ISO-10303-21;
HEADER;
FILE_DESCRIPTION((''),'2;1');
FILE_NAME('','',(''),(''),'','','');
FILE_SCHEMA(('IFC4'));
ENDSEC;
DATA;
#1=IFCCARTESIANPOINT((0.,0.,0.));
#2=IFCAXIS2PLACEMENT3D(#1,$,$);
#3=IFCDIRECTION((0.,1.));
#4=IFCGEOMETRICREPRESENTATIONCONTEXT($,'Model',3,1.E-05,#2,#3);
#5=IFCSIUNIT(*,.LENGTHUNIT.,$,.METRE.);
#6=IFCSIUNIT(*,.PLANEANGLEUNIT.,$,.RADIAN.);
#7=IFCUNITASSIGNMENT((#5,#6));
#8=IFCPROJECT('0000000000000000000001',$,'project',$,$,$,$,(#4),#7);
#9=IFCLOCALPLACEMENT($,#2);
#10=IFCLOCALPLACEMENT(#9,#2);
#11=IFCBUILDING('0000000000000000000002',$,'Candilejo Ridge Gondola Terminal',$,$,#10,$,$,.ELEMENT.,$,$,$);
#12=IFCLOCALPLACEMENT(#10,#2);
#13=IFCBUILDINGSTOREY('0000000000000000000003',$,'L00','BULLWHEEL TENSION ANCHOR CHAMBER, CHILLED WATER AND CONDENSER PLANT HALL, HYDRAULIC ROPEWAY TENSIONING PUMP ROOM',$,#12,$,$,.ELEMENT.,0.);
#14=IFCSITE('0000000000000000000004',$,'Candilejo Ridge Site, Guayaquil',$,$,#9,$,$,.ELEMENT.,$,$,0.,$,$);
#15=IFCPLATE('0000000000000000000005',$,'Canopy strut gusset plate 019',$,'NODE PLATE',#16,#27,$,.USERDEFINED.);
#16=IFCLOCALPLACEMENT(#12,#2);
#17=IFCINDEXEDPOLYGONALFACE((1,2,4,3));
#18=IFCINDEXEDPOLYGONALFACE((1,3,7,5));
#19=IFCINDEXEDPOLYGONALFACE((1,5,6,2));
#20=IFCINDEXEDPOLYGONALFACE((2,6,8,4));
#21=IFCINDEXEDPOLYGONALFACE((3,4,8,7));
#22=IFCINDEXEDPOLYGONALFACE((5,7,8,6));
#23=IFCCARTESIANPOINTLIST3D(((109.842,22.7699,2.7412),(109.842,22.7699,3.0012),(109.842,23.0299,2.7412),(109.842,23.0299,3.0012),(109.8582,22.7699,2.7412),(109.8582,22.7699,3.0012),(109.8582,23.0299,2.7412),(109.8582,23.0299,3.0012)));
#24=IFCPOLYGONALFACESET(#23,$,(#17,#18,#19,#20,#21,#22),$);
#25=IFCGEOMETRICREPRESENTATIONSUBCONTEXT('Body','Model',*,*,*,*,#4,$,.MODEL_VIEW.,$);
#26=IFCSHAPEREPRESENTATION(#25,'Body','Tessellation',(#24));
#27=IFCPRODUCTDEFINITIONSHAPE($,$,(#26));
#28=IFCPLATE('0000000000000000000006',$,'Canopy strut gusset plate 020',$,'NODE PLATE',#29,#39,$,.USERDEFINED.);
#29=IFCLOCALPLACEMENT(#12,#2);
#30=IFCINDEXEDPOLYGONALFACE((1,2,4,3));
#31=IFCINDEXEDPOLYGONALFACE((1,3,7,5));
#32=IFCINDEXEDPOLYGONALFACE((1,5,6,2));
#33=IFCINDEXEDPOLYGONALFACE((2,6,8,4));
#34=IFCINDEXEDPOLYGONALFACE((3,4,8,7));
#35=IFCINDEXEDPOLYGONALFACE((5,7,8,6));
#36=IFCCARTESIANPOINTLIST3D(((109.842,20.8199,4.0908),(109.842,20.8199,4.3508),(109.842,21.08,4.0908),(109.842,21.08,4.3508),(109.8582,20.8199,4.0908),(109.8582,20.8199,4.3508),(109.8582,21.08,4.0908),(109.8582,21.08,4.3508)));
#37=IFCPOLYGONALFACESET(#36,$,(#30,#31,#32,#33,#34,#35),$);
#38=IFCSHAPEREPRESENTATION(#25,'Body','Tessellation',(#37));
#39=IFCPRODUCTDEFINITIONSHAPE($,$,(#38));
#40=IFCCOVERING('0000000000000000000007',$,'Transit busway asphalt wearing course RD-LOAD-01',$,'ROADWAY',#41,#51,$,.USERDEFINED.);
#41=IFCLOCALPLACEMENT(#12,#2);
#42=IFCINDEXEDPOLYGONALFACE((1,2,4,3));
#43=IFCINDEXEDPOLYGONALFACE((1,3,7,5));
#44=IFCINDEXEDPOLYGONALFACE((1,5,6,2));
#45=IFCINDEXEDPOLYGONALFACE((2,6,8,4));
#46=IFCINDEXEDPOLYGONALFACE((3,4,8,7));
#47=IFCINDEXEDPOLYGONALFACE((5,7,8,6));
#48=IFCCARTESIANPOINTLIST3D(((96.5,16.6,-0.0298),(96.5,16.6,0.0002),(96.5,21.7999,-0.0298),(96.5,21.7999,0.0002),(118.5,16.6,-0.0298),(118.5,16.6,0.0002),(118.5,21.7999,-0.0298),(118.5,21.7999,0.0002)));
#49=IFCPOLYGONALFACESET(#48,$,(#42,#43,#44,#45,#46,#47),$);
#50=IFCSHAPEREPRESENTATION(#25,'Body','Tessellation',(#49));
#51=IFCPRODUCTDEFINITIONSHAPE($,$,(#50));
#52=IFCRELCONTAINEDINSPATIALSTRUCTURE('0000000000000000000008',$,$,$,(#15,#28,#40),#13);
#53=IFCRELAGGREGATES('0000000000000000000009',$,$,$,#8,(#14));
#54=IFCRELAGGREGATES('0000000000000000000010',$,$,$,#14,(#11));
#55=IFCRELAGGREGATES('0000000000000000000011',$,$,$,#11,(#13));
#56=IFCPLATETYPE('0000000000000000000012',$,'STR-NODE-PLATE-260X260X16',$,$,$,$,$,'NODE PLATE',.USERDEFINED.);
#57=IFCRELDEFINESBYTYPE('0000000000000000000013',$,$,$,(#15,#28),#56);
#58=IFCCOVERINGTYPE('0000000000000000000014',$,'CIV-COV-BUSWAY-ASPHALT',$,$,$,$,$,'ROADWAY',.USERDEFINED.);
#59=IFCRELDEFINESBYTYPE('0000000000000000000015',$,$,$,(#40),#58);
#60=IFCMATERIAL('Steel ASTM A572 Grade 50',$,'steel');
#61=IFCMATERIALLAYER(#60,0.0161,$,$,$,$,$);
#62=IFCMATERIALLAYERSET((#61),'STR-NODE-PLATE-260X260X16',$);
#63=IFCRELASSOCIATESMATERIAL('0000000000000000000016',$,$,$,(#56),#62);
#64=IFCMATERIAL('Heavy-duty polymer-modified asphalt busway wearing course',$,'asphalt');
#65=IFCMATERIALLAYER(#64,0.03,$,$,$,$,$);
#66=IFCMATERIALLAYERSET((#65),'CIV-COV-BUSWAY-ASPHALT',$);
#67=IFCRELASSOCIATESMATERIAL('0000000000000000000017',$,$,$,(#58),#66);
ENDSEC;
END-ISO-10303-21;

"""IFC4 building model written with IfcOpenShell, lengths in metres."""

from ifc_helpers import new_model, si_unit, direction, frame, origin, origin_2d, place, context, subcontext, project, spatial, rectangle, extrude, material, layer, layer_set, type_object, element, save


model = new_model("IFC4")

# Units and contexts
model_context = context("Model", 3, precision=1e-05, world=origin(), true_north=direction((0.0, 1.0)))
body_context = subcontext(model_context, "Body", "Model", "MODEL_VIEW")
ifc_project = project(units=[si_unit("LENGTHUNIT", "METRE"), si_unit("PLANEANGLEUNIT", "RADIAN")], contexts=[model_context])

# Site, building, storey
site_placement = place(None, origin())
site = spatial("IfcSite", under=ifc_project, at=site_placement, Name="Candilejo Ridge Site, Guayaquil", CompositionType="ELEMENT", RefElevation=0.0)
building_placement = place(site_placement, origin())
building = spatial("IfcBuilding", under=site, at=building_placement, Name="Candilejo Ridge Gondola Terminal", CompositionType="ELEMENT")
storey_placement = place(building_placement, origin())
storey = spatial("IfcBuildingStorey", under=building, at=storey_placement, Name="L00", Description="BULLWHEEL TENSION ANCHOR CHAMBER, CHILLED WATER AND CONDENSER PLANT HALL, HYDRAULIC ROPEWAY TENSIONING PUMP ROOM", CompositionType="ELEMENT", Elevation=0.0)

# Plates
ifc_material_1 = material(Name="Steel ASTM A572 Grade 50", Category="steel")
ifc_layer_1 = layer(ifc_material_1, 0.0161)
ifc_layer_set_1 = layer_set([ifc_layer_1], Name="STR-NODE-PLATE-260X260X16")
plate_type = type_object("IfcPlateType", Name="STR-NODE-PLATE-260X260X16", ElementType="NODE PLATE", PredefinedType="USERDEFINED", material=ifc_layer_set_1)
for number, where, z_axis, x_axis, name in (
    (1, (109.8501, 22.8999, 2.7412), (0.0, 0.0, 1.0), (1.0, 0.0, 0.0), "Canopy strut gusset plate 019"),
    (2, (109.8501, 20.95, 4.0908), (0.0, 0.0, 1.0), (1.0, 0.0, 0.0), "Canopy strut gusset plate 020"),
):
    element("IfcPlate", number, at=place(storey_placement, frame(where, z_axis=z_axis, x_axis=x_axis)), inside=storey, type_object=plate_type, Name=name, ObjectType="NODE PLATE", PredefinedType="USERDEFINED", context=body_context, shape_type="SweptSolid", body=[
        extrude(rectangle(XDim=0.0161, YDim=0.26, at=origin_2d()), origin(), (0.0, 0.0, 1.0), 0.26),
    ])

# Covering
ifc_material_2 = material(Name="Heavy-duty polymer-modified asphalt busway wearing course", Category="asphalt")
ifc_layer_2 = layer(ifc_material_2, 0.03)
ifc_layer_set_2 = layer_set([ifc_layer_2], Name="CIV-COV-BUSWAY-ASPHALT")
covering_type = type_object("IfcCoveringType", Name="CIV-COV-BUSWAY-ASPHALT", ElementType="ROADWAY", PredefinedType="USERDEFINED", material=ifc_layer_set_2)
covering_placement = place(storey_placement, frame((107.5, 19.2, -0.0298), z_axis=(0.0, 0.0, 1.0), x_axis=(1.0, 0.0, 0.0)))
element("IfcCovering", 3, at=covering_placement, inside=storey, type_object=covering_type, Name="Transit busway asphalt wearing course RD-LOAD-01", ObjectType="ROADWAY", PredefinedType="USERDEFINED", context=body_context, shape_type="SweptSolid", body=[
    extrude(rectangle(XDim=22.0, YDim=5.2, at=origin_2d()), origin(), (0.0, 0.0, 1.0), 0.03),
])

save(model, "model.ifc")
